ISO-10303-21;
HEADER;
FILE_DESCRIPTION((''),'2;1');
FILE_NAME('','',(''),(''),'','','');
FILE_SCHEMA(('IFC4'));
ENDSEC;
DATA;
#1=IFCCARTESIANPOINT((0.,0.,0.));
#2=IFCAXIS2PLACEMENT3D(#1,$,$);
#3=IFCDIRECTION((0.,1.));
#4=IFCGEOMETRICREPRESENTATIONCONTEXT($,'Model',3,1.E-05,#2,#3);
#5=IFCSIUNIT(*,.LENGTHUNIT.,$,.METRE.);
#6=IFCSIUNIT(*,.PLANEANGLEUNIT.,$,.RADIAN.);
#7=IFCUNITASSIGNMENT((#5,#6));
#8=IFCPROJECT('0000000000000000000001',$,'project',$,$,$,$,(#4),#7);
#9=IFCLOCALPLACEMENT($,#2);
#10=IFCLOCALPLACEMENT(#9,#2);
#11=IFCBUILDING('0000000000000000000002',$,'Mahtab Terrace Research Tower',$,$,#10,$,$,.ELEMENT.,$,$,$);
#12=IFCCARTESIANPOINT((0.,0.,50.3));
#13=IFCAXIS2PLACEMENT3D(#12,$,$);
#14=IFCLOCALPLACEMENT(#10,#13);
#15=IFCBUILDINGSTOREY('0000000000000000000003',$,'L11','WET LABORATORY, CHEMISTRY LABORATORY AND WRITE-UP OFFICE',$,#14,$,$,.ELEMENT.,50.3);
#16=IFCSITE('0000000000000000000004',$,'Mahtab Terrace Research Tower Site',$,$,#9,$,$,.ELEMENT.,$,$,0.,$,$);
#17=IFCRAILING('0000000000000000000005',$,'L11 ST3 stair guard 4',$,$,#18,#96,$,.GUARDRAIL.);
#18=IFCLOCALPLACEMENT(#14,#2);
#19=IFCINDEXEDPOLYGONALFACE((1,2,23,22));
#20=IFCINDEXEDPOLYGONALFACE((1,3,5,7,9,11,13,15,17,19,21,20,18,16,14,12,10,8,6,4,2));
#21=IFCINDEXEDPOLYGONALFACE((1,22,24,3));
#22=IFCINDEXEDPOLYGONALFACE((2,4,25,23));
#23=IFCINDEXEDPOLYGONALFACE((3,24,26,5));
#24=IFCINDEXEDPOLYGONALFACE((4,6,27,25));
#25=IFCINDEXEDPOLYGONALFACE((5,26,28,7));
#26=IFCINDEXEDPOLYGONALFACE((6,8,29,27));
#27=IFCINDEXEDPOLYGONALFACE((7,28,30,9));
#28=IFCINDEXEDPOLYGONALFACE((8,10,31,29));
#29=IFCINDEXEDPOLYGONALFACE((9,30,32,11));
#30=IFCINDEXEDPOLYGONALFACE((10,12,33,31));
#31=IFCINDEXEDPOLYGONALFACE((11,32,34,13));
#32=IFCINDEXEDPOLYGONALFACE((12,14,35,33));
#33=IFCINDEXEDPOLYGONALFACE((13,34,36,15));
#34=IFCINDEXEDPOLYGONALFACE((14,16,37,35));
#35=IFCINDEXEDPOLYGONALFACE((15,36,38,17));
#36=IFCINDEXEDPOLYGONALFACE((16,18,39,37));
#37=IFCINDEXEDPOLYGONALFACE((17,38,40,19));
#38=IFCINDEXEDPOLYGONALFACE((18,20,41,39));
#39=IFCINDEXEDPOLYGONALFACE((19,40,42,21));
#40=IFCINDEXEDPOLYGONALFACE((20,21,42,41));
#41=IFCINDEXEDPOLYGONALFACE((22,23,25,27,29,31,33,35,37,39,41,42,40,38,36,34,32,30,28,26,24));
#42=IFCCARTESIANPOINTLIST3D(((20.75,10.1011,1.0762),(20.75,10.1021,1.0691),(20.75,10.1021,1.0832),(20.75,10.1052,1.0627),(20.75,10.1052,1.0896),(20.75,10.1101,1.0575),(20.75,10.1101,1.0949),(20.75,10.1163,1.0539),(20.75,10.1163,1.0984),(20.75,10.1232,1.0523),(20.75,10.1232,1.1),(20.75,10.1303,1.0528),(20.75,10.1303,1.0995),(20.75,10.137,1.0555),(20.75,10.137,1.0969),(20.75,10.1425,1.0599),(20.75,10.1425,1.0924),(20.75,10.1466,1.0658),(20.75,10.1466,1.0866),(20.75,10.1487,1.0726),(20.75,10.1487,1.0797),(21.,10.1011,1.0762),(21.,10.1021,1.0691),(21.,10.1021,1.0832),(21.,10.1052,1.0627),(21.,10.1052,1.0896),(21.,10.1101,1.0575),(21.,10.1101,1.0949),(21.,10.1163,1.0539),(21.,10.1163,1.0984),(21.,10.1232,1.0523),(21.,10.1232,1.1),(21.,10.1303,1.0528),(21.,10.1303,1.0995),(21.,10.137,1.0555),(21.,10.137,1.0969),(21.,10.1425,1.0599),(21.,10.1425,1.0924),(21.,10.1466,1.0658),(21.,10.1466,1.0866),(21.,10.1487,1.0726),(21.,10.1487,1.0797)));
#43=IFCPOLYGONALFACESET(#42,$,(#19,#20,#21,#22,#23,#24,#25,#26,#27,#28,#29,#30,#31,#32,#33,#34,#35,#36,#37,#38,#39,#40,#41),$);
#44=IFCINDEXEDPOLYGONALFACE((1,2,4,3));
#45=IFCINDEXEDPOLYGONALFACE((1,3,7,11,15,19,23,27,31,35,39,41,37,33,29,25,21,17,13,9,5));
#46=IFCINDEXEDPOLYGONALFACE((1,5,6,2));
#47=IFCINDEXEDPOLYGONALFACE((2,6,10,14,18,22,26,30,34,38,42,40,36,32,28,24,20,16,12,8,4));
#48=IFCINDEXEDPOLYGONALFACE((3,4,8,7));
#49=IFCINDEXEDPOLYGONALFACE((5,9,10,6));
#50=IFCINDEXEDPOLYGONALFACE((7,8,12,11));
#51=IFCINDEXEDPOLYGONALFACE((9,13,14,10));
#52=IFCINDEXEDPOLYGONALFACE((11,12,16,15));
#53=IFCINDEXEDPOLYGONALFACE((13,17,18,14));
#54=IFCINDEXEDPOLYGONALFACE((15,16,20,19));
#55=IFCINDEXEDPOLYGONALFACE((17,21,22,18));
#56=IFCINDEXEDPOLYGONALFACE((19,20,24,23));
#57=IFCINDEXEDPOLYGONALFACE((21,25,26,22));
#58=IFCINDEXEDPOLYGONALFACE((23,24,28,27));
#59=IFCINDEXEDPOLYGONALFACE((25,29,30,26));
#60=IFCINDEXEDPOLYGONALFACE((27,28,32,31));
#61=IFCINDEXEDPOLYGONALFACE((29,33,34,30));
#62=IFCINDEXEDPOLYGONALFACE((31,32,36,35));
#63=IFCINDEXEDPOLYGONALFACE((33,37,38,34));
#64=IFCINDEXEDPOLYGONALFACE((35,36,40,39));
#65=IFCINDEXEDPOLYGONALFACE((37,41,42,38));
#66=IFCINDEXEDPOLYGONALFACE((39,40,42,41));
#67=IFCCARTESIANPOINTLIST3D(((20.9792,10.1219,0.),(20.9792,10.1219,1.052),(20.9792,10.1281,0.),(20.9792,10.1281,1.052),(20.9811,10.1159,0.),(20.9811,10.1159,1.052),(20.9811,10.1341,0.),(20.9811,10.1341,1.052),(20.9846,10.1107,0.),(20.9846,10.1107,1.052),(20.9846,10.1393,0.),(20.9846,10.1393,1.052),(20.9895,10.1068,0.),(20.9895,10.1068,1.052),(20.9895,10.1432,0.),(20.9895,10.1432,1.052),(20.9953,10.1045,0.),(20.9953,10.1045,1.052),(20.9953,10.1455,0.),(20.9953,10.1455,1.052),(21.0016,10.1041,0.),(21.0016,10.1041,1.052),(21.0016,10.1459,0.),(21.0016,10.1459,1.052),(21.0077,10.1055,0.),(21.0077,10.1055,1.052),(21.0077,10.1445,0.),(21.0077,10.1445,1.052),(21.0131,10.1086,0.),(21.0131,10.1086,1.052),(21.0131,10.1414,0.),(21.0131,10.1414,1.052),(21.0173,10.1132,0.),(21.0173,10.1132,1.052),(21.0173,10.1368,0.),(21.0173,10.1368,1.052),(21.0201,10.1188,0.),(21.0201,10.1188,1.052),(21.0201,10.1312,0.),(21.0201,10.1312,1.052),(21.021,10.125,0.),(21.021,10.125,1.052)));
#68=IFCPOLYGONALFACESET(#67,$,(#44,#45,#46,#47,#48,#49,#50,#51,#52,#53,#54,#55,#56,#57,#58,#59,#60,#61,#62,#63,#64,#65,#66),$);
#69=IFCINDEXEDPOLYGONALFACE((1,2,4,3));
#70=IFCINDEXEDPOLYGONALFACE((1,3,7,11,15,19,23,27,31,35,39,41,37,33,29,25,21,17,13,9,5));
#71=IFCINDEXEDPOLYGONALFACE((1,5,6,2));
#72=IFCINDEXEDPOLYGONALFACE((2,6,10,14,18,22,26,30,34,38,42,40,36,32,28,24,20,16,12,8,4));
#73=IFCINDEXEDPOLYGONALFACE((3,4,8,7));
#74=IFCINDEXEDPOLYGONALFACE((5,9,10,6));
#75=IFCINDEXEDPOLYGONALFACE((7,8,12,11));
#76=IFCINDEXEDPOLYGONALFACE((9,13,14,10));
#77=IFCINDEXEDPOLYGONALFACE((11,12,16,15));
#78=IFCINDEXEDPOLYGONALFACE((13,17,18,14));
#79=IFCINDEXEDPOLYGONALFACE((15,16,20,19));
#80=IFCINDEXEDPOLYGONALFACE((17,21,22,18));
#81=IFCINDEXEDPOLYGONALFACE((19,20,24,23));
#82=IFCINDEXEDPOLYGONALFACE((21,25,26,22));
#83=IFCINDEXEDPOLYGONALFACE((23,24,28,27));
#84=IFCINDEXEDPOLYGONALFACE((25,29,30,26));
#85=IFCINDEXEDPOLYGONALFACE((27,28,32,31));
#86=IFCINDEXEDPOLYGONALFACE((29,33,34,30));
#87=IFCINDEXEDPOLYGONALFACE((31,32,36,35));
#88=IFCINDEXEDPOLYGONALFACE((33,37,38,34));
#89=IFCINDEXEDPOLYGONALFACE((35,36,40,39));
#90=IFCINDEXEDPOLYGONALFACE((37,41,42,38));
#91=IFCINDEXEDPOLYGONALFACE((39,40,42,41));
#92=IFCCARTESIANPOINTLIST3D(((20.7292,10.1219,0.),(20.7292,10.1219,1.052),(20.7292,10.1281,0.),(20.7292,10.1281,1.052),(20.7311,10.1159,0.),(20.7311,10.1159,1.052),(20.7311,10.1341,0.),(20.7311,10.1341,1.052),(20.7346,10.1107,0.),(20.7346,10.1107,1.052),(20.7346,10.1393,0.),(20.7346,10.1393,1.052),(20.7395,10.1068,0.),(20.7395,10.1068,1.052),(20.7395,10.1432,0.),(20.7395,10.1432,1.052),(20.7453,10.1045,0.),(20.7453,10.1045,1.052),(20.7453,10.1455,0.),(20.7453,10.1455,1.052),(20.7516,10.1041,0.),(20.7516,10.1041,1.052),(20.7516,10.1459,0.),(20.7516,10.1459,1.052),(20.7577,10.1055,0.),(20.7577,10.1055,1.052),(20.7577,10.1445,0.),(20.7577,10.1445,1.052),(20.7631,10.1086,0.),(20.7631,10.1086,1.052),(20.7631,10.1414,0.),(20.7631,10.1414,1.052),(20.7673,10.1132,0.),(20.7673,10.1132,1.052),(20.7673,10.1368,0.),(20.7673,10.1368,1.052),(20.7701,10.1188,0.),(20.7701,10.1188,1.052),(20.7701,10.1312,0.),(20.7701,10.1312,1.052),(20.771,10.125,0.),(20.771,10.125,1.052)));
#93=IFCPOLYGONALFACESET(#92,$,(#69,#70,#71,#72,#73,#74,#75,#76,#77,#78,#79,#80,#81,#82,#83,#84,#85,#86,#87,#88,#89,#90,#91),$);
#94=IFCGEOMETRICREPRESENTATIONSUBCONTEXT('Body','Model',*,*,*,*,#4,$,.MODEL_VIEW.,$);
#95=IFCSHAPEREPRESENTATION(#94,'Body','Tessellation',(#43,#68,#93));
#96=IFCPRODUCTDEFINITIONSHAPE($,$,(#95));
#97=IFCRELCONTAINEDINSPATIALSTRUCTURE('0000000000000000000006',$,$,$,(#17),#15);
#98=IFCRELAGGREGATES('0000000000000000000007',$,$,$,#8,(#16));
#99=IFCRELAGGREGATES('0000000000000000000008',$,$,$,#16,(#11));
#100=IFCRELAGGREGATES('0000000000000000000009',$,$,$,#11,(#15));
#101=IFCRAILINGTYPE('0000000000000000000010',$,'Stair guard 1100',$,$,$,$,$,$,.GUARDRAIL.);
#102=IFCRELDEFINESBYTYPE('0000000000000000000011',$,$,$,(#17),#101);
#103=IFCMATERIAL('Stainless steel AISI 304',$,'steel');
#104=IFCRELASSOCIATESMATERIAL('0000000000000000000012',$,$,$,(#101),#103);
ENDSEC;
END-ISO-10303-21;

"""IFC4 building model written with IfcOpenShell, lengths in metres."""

from ifc_helpers import new_model, si_unit, direction, frame, origin, origin_2d, place, context, subcontext, project, spatial, circle, extrude, material, type_object, element, save


model = new_model("IFC4")

# Units and contexts
model_context = context("Model", 3, precision=1e-05, world=origin(), true_north=direction((0.0, 1.0)))
body_context = subcontext(model_context, "Body", "Model", "MODEL_VIEW")
ifc_project = project(units=[si_unit("LENGTHUNIT", "METRE"), si_unit("PLANEANGLEUNIT", "RADIAN")], contexts=[model_context])

# Site, building, storey
site_placement = place(None, origin())
site = spatial("IfcSite", under=ifc_project, at=site_placement, Name="Mahtab Terrace Research Tower Site", CompositionType="ELEMENT", RefElevation=0.0)
building_placement = place(site_placement, origin())
building = spatial("IfcBuilding", under=site, at=building_placement, Name="Mahtab Terrace Research Tower", CompositionType="ELEMENT")
storey_placement = place(building_placement, frame((0.0, 0.0, 50.3)))
storey = spatial("IfcBuildingStorey", under=building, at=storey_placement, Name="L11", Description="WET LABORATORY, CHEMISTRY LABORATORY AND WRITE-UP OFFICE", CompositionType="ELEMENT", Elevation=50.3)

# Railing
ifc_material_1 = material(Name="Stainless steel AISI 304", Category="steel")
railing_type_1 = type_object("IfcRailingType", Name="Stair guard 1100", PredefinedType="GUARDRAIL", material=ifc_material_1)
railing_1_placement = place(storey_placement, frame((21.0, 10.125, 0.0)))
element("IfcRailing", 1, at=railing_1_placement, inside=storey, type_object=railing_type_1, Name="L11 ST3 stair guard 4", PredefinedType="GUARDRAIL", context=body_context, shape_type="SweptSolid", body=[
    extrude(circle(Radius=0.0239, at=origin_2d()), frame((0.0, 0.0, 1.0762), z_axis=(-1.0, 0.0, 0.0), x_axis=(0.0, -1.0, 0.0)), (0.0, 0.0, 1.0), 0.25),
    extrude(circle(Radius=0.021, at=origin_2d()), origin(), (0.0, 0.0, 1.0), 1.052),
    extrude(circle(Radius=0.021, at=origin_2d()), frame((-0.25, 0.0, 0.0)), (0.0, 0.0, 1.0), 1.052),
])

save(model, "model.ifc")
